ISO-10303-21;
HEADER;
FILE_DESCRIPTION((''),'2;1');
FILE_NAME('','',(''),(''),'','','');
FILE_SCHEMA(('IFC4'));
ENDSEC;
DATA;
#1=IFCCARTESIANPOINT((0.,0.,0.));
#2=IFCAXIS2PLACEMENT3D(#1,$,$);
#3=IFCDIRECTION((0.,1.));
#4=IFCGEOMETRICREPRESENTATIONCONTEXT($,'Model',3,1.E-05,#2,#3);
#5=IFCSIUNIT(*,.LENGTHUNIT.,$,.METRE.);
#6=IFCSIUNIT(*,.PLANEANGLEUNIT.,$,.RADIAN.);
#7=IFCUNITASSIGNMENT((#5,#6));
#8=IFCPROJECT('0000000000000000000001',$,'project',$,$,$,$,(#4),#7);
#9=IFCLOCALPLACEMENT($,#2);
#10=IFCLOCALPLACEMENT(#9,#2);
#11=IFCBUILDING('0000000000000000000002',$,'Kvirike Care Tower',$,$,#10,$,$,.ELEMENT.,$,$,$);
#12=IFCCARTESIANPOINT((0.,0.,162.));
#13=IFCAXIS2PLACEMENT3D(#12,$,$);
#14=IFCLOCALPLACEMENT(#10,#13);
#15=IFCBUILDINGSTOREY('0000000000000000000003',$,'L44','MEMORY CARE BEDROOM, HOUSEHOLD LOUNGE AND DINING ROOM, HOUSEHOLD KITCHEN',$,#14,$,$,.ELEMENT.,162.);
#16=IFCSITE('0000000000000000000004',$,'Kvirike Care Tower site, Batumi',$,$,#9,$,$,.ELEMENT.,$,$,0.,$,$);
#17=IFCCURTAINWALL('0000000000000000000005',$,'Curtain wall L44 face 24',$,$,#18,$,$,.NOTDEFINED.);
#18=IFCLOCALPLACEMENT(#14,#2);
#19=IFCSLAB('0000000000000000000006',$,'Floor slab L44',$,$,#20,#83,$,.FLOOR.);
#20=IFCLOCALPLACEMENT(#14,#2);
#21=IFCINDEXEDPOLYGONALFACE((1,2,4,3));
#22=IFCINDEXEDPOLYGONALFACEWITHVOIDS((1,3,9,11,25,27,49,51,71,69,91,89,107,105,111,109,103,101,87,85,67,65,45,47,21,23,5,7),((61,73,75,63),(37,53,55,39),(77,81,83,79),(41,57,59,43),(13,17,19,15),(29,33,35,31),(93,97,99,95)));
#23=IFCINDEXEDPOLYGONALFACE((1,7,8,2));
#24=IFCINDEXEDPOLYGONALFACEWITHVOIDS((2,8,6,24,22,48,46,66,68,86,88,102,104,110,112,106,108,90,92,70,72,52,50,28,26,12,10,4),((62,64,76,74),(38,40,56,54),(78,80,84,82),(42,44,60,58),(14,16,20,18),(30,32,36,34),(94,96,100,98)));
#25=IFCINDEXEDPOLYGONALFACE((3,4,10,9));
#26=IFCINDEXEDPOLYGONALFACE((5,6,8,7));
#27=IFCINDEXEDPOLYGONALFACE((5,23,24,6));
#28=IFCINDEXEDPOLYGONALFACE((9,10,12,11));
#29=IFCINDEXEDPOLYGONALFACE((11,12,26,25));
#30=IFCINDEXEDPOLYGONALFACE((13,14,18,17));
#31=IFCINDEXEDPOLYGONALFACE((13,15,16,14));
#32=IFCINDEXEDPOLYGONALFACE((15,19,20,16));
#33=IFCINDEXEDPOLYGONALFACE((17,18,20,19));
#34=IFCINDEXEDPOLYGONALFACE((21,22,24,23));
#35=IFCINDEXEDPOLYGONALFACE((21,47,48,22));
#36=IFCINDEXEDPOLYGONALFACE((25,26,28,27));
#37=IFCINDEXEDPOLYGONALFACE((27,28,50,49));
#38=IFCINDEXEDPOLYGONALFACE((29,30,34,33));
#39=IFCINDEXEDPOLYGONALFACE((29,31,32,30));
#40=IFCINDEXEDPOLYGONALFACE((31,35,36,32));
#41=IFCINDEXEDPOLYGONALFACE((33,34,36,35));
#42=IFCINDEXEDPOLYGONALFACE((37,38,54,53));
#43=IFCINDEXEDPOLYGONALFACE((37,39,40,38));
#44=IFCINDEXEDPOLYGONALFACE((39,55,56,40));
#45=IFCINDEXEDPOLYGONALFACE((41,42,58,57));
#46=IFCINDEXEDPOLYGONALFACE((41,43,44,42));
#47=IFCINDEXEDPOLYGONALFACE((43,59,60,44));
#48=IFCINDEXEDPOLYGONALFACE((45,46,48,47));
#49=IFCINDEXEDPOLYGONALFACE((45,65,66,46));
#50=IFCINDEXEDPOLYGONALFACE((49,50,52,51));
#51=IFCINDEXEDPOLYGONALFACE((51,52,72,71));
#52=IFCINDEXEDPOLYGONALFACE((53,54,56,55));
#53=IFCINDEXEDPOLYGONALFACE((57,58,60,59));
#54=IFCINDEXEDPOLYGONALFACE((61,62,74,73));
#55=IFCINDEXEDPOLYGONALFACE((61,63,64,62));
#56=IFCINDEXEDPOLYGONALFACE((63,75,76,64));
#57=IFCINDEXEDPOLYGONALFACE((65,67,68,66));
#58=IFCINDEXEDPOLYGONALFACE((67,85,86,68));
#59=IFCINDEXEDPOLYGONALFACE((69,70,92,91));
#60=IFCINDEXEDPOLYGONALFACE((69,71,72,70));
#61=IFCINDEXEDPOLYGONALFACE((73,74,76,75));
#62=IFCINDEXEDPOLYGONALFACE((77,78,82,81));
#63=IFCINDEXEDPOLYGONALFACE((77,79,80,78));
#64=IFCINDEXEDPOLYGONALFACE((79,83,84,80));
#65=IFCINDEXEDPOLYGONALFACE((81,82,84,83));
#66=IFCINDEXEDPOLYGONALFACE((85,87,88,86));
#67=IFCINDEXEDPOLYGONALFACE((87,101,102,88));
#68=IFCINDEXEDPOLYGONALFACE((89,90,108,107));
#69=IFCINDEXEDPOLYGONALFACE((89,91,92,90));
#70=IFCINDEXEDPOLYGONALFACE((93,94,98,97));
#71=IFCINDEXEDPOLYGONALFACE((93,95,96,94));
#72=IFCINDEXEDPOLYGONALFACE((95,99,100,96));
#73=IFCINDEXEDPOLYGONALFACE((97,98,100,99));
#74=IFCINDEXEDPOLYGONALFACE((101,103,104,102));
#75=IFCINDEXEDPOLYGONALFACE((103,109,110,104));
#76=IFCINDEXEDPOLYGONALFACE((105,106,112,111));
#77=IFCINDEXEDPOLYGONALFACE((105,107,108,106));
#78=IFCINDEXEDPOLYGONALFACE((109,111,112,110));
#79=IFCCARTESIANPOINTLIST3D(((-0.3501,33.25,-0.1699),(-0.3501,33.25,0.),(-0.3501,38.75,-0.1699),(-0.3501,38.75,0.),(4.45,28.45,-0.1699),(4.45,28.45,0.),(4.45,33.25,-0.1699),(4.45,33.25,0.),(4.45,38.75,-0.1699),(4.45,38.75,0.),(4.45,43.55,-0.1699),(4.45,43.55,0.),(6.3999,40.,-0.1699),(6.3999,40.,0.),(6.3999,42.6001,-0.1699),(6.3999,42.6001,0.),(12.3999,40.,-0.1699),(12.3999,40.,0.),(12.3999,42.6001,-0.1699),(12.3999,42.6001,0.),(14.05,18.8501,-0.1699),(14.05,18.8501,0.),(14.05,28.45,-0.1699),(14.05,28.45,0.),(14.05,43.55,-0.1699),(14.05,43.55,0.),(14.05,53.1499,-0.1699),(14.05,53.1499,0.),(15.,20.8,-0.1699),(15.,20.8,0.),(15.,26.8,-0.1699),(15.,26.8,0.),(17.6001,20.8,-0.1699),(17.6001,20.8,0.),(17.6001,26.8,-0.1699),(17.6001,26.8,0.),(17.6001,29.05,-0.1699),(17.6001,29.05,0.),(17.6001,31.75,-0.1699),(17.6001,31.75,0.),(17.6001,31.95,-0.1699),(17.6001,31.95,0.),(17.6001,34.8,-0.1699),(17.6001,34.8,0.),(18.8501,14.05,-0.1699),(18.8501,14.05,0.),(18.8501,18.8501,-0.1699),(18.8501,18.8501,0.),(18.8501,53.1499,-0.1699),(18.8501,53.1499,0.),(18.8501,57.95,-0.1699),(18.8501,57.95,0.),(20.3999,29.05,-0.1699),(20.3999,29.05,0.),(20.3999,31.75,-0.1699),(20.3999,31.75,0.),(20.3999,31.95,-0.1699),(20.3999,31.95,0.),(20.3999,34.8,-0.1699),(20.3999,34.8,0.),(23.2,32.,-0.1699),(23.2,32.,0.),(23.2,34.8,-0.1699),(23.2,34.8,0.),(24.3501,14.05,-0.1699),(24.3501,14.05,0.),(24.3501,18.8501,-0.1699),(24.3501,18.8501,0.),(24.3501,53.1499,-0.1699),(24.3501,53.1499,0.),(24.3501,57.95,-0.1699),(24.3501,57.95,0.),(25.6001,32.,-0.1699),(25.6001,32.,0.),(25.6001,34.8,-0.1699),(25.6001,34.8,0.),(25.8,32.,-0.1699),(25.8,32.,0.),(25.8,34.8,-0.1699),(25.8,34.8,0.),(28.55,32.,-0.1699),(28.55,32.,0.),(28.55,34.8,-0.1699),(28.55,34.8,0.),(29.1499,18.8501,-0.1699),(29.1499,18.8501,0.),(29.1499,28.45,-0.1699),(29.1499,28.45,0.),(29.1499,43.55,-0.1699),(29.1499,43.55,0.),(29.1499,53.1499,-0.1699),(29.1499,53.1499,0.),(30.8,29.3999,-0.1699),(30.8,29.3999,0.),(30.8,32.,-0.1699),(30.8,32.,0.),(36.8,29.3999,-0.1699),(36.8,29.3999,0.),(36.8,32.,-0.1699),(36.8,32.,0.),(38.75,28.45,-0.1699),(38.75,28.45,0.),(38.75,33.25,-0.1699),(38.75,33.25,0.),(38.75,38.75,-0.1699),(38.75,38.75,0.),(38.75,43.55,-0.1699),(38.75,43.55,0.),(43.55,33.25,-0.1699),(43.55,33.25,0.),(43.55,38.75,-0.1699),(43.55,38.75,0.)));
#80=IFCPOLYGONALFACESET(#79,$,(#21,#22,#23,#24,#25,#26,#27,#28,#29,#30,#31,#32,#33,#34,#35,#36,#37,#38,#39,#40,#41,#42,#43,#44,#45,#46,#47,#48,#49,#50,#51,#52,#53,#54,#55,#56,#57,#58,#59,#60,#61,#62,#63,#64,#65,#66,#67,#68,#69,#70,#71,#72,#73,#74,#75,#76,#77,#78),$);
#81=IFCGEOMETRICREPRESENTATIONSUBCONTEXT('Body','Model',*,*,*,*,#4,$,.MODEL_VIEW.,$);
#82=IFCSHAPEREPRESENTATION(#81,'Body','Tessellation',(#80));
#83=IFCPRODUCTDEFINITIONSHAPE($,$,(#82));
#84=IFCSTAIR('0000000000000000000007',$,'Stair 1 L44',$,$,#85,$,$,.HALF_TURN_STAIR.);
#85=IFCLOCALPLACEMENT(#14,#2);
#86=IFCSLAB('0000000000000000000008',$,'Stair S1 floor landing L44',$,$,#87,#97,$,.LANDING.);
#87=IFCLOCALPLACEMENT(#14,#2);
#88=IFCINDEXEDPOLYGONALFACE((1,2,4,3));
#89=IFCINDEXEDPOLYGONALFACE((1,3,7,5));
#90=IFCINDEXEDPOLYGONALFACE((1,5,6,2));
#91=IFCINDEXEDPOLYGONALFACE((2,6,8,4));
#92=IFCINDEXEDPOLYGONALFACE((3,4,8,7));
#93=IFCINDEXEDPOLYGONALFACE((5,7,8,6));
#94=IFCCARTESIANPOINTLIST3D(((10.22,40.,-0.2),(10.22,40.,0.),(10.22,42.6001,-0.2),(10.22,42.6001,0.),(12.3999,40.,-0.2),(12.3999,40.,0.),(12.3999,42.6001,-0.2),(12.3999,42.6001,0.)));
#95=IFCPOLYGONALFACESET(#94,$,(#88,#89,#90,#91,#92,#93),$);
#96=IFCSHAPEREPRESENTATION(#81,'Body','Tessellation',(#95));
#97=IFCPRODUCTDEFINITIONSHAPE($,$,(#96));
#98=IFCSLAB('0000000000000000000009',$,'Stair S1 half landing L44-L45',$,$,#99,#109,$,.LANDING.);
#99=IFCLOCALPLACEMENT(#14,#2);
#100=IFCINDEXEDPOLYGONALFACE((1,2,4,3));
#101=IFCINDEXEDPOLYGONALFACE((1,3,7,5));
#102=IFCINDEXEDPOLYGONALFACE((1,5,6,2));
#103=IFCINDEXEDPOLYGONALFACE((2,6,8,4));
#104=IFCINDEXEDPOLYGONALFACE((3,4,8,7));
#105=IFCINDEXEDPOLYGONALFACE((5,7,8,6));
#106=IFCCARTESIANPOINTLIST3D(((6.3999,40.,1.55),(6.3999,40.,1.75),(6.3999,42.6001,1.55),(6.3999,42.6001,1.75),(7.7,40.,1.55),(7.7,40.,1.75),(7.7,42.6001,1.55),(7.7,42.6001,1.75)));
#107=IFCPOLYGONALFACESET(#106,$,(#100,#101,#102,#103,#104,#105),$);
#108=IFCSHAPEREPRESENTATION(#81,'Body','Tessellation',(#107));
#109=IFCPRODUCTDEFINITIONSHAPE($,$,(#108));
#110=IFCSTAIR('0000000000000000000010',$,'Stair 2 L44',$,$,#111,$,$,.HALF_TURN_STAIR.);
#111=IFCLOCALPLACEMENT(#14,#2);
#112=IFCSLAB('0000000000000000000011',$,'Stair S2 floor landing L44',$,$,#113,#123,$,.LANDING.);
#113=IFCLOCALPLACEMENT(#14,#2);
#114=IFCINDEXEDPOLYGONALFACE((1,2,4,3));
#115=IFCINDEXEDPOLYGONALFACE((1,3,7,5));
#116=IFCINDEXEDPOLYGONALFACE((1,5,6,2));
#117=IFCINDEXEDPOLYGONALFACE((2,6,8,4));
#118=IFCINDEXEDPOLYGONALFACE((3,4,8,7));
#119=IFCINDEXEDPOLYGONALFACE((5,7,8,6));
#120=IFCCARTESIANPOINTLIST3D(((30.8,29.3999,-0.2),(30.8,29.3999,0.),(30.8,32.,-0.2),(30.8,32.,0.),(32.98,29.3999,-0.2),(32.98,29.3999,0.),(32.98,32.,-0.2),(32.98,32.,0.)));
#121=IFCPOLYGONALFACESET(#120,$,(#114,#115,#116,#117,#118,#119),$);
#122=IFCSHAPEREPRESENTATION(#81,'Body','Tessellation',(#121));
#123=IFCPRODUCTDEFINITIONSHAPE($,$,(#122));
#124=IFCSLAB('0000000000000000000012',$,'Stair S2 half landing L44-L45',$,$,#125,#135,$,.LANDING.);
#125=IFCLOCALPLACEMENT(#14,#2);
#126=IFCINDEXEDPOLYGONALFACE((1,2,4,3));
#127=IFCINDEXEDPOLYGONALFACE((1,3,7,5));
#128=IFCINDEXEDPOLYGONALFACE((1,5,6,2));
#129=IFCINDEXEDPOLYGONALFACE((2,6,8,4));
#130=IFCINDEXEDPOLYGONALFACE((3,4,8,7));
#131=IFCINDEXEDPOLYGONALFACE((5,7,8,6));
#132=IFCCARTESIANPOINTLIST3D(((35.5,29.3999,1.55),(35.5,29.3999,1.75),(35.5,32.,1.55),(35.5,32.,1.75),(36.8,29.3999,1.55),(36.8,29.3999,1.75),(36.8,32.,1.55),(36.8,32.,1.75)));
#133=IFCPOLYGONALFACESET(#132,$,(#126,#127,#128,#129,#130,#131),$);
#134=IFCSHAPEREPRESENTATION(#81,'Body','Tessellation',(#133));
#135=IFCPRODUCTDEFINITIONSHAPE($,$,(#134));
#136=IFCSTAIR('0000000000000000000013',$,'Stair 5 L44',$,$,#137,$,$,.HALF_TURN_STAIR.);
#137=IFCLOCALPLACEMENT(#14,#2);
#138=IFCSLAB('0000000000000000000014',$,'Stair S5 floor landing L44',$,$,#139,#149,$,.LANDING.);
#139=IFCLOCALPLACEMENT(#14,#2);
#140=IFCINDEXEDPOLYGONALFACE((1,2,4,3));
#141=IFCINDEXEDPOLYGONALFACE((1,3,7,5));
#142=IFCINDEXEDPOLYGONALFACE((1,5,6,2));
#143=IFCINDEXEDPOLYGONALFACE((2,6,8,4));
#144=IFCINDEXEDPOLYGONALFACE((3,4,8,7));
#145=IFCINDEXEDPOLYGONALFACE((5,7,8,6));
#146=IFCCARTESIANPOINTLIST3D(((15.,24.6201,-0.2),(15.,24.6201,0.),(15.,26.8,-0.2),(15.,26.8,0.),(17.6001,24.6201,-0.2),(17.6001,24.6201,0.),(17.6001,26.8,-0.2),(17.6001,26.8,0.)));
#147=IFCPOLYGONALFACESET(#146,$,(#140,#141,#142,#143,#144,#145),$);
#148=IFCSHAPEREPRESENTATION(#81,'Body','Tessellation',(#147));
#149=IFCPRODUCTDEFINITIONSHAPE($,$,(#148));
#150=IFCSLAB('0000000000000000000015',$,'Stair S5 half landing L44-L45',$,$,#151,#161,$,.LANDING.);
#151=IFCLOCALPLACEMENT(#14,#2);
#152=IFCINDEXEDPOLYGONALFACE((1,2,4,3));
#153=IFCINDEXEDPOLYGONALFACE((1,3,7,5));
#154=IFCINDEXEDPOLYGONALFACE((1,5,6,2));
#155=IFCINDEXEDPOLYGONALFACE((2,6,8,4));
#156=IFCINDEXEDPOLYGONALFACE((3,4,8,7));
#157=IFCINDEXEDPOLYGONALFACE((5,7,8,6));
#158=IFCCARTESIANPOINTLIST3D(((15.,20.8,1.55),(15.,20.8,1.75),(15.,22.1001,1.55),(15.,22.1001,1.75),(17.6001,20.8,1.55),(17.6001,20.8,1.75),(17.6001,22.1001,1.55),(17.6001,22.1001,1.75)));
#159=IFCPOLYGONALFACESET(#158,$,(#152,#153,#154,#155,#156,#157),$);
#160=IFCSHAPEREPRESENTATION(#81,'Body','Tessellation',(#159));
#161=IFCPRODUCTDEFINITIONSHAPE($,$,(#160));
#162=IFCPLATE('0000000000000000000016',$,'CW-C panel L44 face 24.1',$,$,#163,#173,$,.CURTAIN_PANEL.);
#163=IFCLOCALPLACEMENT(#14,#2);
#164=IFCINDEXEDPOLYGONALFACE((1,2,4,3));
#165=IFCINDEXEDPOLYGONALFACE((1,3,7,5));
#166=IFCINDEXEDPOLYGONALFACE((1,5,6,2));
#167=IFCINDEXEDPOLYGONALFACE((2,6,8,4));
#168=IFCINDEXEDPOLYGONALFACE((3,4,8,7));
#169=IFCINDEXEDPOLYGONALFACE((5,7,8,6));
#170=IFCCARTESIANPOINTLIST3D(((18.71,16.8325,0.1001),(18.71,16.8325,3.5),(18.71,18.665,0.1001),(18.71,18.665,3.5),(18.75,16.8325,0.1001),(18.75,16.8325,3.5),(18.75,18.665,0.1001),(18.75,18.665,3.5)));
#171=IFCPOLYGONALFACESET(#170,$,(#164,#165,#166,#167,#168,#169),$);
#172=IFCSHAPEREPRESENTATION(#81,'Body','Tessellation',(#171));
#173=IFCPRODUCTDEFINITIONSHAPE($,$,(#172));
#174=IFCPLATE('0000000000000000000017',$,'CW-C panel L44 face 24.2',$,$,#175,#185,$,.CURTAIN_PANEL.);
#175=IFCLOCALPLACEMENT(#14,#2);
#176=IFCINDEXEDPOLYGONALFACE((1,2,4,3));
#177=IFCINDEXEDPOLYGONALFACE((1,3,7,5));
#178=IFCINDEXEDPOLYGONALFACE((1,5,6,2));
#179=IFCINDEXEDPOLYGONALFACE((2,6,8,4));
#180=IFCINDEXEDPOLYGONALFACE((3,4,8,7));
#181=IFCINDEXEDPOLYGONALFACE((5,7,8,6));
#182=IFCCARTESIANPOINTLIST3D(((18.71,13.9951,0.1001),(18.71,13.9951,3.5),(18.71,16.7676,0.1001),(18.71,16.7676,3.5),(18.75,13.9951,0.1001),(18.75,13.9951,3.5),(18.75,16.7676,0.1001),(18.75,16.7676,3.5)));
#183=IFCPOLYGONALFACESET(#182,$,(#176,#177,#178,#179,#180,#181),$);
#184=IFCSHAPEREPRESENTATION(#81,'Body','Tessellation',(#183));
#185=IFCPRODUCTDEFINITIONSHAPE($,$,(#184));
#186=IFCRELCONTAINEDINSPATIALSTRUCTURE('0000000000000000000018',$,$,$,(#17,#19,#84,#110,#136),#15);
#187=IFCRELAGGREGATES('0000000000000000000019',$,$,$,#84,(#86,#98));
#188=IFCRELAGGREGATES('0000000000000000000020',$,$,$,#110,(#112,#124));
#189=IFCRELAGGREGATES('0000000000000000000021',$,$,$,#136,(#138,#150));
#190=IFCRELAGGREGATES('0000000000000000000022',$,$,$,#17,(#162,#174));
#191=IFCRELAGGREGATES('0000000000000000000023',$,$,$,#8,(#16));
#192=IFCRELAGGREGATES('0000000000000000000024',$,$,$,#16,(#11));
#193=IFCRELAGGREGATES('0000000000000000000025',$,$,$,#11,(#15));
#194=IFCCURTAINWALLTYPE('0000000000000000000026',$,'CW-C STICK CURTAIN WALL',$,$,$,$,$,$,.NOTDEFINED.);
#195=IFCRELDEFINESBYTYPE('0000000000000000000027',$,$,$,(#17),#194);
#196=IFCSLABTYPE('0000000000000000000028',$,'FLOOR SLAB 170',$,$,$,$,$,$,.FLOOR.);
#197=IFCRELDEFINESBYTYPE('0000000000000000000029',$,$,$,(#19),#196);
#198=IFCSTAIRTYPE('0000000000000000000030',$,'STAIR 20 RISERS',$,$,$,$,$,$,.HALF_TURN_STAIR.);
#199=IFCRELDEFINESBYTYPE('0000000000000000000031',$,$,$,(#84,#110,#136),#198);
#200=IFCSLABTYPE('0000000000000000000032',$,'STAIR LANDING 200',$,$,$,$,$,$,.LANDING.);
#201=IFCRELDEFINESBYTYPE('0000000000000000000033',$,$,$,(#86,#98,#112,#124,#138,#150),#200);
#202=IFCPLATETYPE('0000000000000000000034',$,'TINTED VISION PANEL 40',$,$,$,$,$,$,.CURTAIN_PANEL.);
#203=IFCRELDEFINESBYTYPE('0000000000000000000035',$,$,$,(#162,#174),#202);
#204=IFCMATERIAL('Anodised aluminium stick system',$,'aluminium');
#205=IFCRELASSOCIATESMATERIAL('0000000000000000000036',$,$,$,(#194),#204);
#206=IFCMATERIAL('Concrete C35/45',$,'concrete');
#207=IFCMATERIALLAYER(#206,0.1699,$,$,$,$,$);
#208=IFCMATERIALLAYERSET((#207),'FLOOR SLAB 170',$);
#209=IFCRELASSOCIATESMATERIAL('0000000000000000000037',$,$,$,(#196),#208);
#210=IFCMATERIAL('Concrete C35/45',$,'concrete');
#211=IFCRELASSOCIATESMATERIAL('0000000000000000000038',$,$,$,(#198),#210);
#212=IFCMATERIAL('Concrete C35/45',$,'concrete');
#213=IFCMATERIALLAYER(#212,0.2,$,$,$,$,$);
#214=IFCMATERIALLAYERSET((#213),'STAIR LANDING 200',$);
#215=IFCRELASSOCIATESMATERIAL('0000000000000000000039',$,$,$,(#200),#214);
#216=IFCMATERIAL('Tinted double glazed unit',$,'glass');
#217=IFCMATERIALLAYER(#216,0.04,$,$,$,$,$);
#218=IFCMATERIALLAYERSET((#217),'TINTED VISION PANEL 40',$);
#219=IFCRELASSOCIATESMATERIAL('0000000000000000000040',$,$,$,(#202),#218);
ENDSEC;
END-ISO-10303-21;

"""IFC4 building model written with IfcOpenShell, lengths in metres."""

from ifc_helpers import new_model, si_unit, direction, frame, origin, origin_2d, place, context, subcontext, project, spatial, polyline, rectangle, outline, extrude, material, layer, layer_set, type_object, element, aggregate, save


model = new_model("IFC4")

# Units and contexts
model_context = context("Model", 3, precision=1e-05, world=origin(), true_north=direction((0.0, 1.0)))
body_context = subcontext(model_context, "Body", "Model", "MODEL_VIEW")
ifc_project = project(units=[si_unit("LENGTHUNIT", "METRE"), si_unit("PLANEANGLEUNIT", "RADIAN")], contexts=[model_context])

# Site, building, storey
site_placement = place(None, origin())
site = spatial("IfcSite", under=ifc_project, at=site_placement, Name="Kvirike Care Tower site, Batumi", CompositionType="ELEMENT", RefElevation=0.0)
building_placement = place(site_placement, origin())
building = spatial("IfcBuilding", under=site, at=building_placement, Name="Kvirike Care Tower", CompositionType="ELEMENT")
storey_placement = place(building_placement, frame((0.0, 0.0, 162.0)))
storey = spatial("IfcBuildingStorey", under=building, at=storey_placement, Name="L44", Description="MEMORY CARE BEDROOM, HOUSEHOLD LOUNGE AND DINING ROOM, HOUSEHOLD KITCHEN", CompositionType="ELEMENT", Elevation=162.0)

# Shared definitions
ifc_material_1 = material(Name="Anodised aluminium stick system", Category="aluminium")
curtain_wall_type = type_object("IfcCurtainWallType", Name="CW-C STICK CURTAIN WALL", PredefinedType="NOTDEFINED", material=ifc_material_1)

# Curtain wall
curtain_wall_1_placement = place(storey_placement, origin())
curtain_wall_1 = element("IfcCurtainWall", 1, at=curtain_wall_1_placement, inside=storey, type_object=curtain_wall_type, Name="Curtain wall L44 face 24", PredefinedType="NOTDEFINED")

# Slab
ifc_material_2 = material(Name="Concrete C35/45", Category="concrete")
ifc_layer_1 = layer(ifc_material_2, 0.1699)
ifc_layer_set_1 = layer_set([ifc_layer_1], Name="FLOOR SLAB 170")
slab_type_1 = type_object("IfcSlabType", Name="FLOOR SLAB 170", PredefinedType="FLOOR", material=ifc_layer_set_1)
slab_1_placement = place(storey_placement, frame((0.0, 0.0, -0.1699)))
element("IfcSlab", 2, at=slab_1_placement, inside=storey, type_object=slab_type_1, Name="Floor slab L44", PredefinedType="FLOOR", context=body_context, shape_type="SweptSolid", body=[
    extrude(outline(polyline([(29.1499, 28.45), (38.75, 28.45), (38.75, 33.25), (43.55, 33.25), (43.55, 38.75), (38.75, 38.75), (38.75, 43.55), (29.1499, 43.55), (29.1499, 53.1499), (24.3501, 53.1499), (24.3501, 57.95), (18.8501, 57.95), (18.8501, 53.1499), (14.05, 53.1499), (14.05, 43.55), (4.45, 43.55), (4.45, 38.75), (-0.3501, 38.75), (-0.3501, 33.25), (4.45, 33.25), (4.45, 28.45), (14.05, 28.45), (14.05, 18.8501), (18.8501, 18.8501), (18.8501, 14.05), (24.3501, 14.05), (24.3501, 18.8501), (29.1499, 18.8501), (29.1499, 28.45)]), holes=[polyline([(17.6001, 29.05), (17.6001, 31.75), (20.3999, 31.75), (20.3999, 29.05), (17.6001, 29.05)]), polyline([(17.6001, 31.95), (17.6001, 34.8), (20.3999, 34.8), (20.3999, 31.95), (17.6001, 31.95)]), polyline([(23.2, 32.0), (23.2, 34.8), (25.6001, 34.8), (25.6001, 32.0), (23.2, 32.0)]), polyline([(25.8, 32.0), (25.8, 34.8), (28.55, 34.8), (28.55, 32.0), (25.8, 32.0)]), polyline([(12.3999, 42.6001), (12.3999, 40.0), (6.3999, 40.0), (6.3999, 42.6001), (12.3999, 42.6001)]), polyline([(30.8, 29.3999), (30.8, 32.0), (36.8, 32.0), (36.8, 29.3999), (30.8, 29.3999)]), polyline([(15.0, 26.8), (17.6001, 26.8), (17.6001, 20.8), (15.0, 20.8), (15.0, 26.8)])]), origin(), (0.0, 0.0, 1.0), 0.1699),
])

# Stairs, slabs
ifc_material_3 = material(Name="Concrete C35/45", Category="concrete")
stair_type = type_object("IfcStairType", Name="STAIR 20 RISERS", PredefinedType="HALF_TURN_STAIR", material=ifc_material_3)
stair_1_placement = place(storey_placement, origin())
stair_1 = element("IfcStair", 3, at=stair_1_placement, inside=storey, type_object=stair_type, Name="Stair 1 L44", PredefinedType="HALF_TURN_STAIR")
ifc_material_4 = material(Name="Concrete C35/45", Category="concrete")
ifc_layer_2 = layer(ifc_material_4, 0.2)
ifc_layer_set_2 = layer_set([ifc_layer_2], Name="STAIR LANDING 200")
slab_type_2 = type_object("IfcSlabType", Name="STAIR LANDING 200", PredefinedType="LANDING", material=ifc_layer_set_2)
slab_2_placement = place(storey_placement, frame((0.0, 0.0, -0.2)))
slab_2 = element("IfcSlab", 4, at=slab_2_placement, type_object=slab_type_2, Name="Stair S1 floor landing L44", PredefinedType="LANDING", context=body_context, shape_type="SweptSolid", body=[
    extrude(outline(polyline([(10.22, 42.6001), (10.22, 40.0), (12.3999, 40.0), (12.3999, 42.6001), (10.22, 42.6001)])), origin(), (0.0, 0.0, 1.0), 0.2),
])
slab_3_placement = place(storey_placement, frame((0.0, 0.0, 1.55)))
slab_3 = element("IfcSlab", 5, at=slab_3_placement, type_object=slab_type_2, Name="Stair S1 half landing L44-L45", PredefinedType="LANDING", context=body_context, shape_type="SweptSolid", body=[
    extrude(outline(polyline([(6.3999, 42.6001), (6.3999, 40.0), (7.7, 40.0), (7.7, 42.6001), (6.3999, 42.6001)])), origin(), (0.0, 0.0, 1.0), 0.2),
])
aggregate(stair_1, [slab_2, slab_3])
stair_2_placement = place(storey_placement, origin())
stair_2 = element("IfcStair", 6, at=stair_2_placement, inside=storey, type_object=stair_type, Name="Stair 2 L44", PredefinedType="HALF_TURN_STAIR")
slab_4_placement = place(storey_placement, frame((0.0, 0.0, -0.2)))
slab_4 = element("IfcSlab", 7, at=slab_4_placement, type_object=slab_type_2, Name="Stair S2 floor landing L44", PredefinedType="LANDING", context=body_context, shape_type="SweptSolid", body=[
    extrude(outline(polyline([(32.98, 29.3999), (32.98, 32.0), (30.8, 32.0), (30.8, 29.3999), (32.98, 29.3999)])), origin(), (0.0, 0.0, 1.0), 0.2),
])
slab_5_placement = place(storey_placement, frame((0.0, 0.0, 1.55)))
slab_5 = element("IfcSlab", 8, at=slab_5_placement, type_object=slab_type_2, Name="Stair S2 half landing L44-L45", PredefinedType="LANDING", context=body_context, shape_type="SweptSolid", body=[
    extrude(outline(polyline([(36.8, 29.3999), (36.8, 32.0), (35.5, 32.0), (35.5, 29.3999), (36.8, 29.3999)])), origin(), (0.0, 0.0, 1.0), 0.2),
])
aggregate(stair_2, [slab_4, slab_5])
stair_3_placement = place(storey_placement, origin())
stair_3 = element("IfcStair", 9, at=stair_3_placement, inside=storey, type_object=stair_type, Name="Stair 5 L44", PredefinedType="HALF_TURN_STAIR")
slab_6_placement = place(storey_placement, frame((0.0, 0.0, -0.2)))
slab_6 = element("IfcSlab", 10, at=slab_6_placement, type_object=slab_type_2, Name="Stair S5 floor landing L44", PredefinedType="LANDING", context=body_context, shape_type="SweptSolid", body=[
    extrude(outline(polyline([(15.0, 24.6201), (17.6001, 24.6201), (17.6001, 26.8), (15.0, 26.8), (15.0, 24.6201)])), origin(), (0.0, 0.0, 1.0), 0.2),
])
slab_7_placement = place(storey_placement, frame((0.0, 0.0, 1.55)))
slab_7 = element("IfcSlab", 11, at=slab_7_placement, type_object=slab_type_2, Name="Stair S5 half landing L44-L45", PredefinedType="LANDING", context=body_context, shape_type="SweptSolid", body=[
    extrude(outline(polyline([(15.0, 20.8), (17.6001, 20.8), (17.6001, 22.1001), (15.0, 22.1001), (15.0, 20.8)])), origin(), (0.0, 0.0, 1.0), 0.2),
])
aggregate(stair_3, [slab_6, slab_7])

# Plates
ifc_material_5 = material(Name="Tinted double glazed unit", Category="glass")
ifc_layer_3 = layer(ifc_material_5, 0.04)
ifc_layer_set_3 = layer_set([ifc_layer_3], Name="TINTED VISION PANEL 40")
plate_type = type_object("IfcPlateType", Name="TINTED VISION PANEL 40", PredefinedType="CURTAIN_PANEL", material=ifc_layer_set_3)
plate_1_placement = place(storey_placement, frame((18.73, 17.7488, 0.1001), z_axis=(0.0, 0.0, 1.0), x_axis=(0.0, -1.0, 0.0)))
plate_1 = element("IfcPlate", 12, at=plate_1_placement, type_object=plate_type, Name="CW-C panel L44 face 24.1", PredefinedType="CURTAIN_PANEL", context=body_context, shape_type="SweptSolid", body=[
    extrude(rectangle(XDim=1.8325, YDim=0.04, at=origin_2d()), origin(), (0.0, 0.0, 1.0), 3.3999),
])
plate_2_placement = place(storey_placement, frame((18.73, 15.3813, 0.1001), z_axis=(0.0, 0.0, 1.0), x_axis=(0.0, -1.0, 0.0)))
plate_2 = element("IfcPlate", 13, at=plate_2_placement, type_object=plate_type, Name="CW-C panel L44 face 24.2", PredefinedType="CURTAIN_PANEL", context=body_context, shape_type="SweptSolid", body=[
    extrude(rectangle(XDim=2.7725, YDim=0.04, at=origin_2d()), origin(), (0.0, 0.0, 1.0), 3.3999),
])
aggregate(curtain_wall_1, [plate_1, plate_2])

save(model, "model.ifc")
